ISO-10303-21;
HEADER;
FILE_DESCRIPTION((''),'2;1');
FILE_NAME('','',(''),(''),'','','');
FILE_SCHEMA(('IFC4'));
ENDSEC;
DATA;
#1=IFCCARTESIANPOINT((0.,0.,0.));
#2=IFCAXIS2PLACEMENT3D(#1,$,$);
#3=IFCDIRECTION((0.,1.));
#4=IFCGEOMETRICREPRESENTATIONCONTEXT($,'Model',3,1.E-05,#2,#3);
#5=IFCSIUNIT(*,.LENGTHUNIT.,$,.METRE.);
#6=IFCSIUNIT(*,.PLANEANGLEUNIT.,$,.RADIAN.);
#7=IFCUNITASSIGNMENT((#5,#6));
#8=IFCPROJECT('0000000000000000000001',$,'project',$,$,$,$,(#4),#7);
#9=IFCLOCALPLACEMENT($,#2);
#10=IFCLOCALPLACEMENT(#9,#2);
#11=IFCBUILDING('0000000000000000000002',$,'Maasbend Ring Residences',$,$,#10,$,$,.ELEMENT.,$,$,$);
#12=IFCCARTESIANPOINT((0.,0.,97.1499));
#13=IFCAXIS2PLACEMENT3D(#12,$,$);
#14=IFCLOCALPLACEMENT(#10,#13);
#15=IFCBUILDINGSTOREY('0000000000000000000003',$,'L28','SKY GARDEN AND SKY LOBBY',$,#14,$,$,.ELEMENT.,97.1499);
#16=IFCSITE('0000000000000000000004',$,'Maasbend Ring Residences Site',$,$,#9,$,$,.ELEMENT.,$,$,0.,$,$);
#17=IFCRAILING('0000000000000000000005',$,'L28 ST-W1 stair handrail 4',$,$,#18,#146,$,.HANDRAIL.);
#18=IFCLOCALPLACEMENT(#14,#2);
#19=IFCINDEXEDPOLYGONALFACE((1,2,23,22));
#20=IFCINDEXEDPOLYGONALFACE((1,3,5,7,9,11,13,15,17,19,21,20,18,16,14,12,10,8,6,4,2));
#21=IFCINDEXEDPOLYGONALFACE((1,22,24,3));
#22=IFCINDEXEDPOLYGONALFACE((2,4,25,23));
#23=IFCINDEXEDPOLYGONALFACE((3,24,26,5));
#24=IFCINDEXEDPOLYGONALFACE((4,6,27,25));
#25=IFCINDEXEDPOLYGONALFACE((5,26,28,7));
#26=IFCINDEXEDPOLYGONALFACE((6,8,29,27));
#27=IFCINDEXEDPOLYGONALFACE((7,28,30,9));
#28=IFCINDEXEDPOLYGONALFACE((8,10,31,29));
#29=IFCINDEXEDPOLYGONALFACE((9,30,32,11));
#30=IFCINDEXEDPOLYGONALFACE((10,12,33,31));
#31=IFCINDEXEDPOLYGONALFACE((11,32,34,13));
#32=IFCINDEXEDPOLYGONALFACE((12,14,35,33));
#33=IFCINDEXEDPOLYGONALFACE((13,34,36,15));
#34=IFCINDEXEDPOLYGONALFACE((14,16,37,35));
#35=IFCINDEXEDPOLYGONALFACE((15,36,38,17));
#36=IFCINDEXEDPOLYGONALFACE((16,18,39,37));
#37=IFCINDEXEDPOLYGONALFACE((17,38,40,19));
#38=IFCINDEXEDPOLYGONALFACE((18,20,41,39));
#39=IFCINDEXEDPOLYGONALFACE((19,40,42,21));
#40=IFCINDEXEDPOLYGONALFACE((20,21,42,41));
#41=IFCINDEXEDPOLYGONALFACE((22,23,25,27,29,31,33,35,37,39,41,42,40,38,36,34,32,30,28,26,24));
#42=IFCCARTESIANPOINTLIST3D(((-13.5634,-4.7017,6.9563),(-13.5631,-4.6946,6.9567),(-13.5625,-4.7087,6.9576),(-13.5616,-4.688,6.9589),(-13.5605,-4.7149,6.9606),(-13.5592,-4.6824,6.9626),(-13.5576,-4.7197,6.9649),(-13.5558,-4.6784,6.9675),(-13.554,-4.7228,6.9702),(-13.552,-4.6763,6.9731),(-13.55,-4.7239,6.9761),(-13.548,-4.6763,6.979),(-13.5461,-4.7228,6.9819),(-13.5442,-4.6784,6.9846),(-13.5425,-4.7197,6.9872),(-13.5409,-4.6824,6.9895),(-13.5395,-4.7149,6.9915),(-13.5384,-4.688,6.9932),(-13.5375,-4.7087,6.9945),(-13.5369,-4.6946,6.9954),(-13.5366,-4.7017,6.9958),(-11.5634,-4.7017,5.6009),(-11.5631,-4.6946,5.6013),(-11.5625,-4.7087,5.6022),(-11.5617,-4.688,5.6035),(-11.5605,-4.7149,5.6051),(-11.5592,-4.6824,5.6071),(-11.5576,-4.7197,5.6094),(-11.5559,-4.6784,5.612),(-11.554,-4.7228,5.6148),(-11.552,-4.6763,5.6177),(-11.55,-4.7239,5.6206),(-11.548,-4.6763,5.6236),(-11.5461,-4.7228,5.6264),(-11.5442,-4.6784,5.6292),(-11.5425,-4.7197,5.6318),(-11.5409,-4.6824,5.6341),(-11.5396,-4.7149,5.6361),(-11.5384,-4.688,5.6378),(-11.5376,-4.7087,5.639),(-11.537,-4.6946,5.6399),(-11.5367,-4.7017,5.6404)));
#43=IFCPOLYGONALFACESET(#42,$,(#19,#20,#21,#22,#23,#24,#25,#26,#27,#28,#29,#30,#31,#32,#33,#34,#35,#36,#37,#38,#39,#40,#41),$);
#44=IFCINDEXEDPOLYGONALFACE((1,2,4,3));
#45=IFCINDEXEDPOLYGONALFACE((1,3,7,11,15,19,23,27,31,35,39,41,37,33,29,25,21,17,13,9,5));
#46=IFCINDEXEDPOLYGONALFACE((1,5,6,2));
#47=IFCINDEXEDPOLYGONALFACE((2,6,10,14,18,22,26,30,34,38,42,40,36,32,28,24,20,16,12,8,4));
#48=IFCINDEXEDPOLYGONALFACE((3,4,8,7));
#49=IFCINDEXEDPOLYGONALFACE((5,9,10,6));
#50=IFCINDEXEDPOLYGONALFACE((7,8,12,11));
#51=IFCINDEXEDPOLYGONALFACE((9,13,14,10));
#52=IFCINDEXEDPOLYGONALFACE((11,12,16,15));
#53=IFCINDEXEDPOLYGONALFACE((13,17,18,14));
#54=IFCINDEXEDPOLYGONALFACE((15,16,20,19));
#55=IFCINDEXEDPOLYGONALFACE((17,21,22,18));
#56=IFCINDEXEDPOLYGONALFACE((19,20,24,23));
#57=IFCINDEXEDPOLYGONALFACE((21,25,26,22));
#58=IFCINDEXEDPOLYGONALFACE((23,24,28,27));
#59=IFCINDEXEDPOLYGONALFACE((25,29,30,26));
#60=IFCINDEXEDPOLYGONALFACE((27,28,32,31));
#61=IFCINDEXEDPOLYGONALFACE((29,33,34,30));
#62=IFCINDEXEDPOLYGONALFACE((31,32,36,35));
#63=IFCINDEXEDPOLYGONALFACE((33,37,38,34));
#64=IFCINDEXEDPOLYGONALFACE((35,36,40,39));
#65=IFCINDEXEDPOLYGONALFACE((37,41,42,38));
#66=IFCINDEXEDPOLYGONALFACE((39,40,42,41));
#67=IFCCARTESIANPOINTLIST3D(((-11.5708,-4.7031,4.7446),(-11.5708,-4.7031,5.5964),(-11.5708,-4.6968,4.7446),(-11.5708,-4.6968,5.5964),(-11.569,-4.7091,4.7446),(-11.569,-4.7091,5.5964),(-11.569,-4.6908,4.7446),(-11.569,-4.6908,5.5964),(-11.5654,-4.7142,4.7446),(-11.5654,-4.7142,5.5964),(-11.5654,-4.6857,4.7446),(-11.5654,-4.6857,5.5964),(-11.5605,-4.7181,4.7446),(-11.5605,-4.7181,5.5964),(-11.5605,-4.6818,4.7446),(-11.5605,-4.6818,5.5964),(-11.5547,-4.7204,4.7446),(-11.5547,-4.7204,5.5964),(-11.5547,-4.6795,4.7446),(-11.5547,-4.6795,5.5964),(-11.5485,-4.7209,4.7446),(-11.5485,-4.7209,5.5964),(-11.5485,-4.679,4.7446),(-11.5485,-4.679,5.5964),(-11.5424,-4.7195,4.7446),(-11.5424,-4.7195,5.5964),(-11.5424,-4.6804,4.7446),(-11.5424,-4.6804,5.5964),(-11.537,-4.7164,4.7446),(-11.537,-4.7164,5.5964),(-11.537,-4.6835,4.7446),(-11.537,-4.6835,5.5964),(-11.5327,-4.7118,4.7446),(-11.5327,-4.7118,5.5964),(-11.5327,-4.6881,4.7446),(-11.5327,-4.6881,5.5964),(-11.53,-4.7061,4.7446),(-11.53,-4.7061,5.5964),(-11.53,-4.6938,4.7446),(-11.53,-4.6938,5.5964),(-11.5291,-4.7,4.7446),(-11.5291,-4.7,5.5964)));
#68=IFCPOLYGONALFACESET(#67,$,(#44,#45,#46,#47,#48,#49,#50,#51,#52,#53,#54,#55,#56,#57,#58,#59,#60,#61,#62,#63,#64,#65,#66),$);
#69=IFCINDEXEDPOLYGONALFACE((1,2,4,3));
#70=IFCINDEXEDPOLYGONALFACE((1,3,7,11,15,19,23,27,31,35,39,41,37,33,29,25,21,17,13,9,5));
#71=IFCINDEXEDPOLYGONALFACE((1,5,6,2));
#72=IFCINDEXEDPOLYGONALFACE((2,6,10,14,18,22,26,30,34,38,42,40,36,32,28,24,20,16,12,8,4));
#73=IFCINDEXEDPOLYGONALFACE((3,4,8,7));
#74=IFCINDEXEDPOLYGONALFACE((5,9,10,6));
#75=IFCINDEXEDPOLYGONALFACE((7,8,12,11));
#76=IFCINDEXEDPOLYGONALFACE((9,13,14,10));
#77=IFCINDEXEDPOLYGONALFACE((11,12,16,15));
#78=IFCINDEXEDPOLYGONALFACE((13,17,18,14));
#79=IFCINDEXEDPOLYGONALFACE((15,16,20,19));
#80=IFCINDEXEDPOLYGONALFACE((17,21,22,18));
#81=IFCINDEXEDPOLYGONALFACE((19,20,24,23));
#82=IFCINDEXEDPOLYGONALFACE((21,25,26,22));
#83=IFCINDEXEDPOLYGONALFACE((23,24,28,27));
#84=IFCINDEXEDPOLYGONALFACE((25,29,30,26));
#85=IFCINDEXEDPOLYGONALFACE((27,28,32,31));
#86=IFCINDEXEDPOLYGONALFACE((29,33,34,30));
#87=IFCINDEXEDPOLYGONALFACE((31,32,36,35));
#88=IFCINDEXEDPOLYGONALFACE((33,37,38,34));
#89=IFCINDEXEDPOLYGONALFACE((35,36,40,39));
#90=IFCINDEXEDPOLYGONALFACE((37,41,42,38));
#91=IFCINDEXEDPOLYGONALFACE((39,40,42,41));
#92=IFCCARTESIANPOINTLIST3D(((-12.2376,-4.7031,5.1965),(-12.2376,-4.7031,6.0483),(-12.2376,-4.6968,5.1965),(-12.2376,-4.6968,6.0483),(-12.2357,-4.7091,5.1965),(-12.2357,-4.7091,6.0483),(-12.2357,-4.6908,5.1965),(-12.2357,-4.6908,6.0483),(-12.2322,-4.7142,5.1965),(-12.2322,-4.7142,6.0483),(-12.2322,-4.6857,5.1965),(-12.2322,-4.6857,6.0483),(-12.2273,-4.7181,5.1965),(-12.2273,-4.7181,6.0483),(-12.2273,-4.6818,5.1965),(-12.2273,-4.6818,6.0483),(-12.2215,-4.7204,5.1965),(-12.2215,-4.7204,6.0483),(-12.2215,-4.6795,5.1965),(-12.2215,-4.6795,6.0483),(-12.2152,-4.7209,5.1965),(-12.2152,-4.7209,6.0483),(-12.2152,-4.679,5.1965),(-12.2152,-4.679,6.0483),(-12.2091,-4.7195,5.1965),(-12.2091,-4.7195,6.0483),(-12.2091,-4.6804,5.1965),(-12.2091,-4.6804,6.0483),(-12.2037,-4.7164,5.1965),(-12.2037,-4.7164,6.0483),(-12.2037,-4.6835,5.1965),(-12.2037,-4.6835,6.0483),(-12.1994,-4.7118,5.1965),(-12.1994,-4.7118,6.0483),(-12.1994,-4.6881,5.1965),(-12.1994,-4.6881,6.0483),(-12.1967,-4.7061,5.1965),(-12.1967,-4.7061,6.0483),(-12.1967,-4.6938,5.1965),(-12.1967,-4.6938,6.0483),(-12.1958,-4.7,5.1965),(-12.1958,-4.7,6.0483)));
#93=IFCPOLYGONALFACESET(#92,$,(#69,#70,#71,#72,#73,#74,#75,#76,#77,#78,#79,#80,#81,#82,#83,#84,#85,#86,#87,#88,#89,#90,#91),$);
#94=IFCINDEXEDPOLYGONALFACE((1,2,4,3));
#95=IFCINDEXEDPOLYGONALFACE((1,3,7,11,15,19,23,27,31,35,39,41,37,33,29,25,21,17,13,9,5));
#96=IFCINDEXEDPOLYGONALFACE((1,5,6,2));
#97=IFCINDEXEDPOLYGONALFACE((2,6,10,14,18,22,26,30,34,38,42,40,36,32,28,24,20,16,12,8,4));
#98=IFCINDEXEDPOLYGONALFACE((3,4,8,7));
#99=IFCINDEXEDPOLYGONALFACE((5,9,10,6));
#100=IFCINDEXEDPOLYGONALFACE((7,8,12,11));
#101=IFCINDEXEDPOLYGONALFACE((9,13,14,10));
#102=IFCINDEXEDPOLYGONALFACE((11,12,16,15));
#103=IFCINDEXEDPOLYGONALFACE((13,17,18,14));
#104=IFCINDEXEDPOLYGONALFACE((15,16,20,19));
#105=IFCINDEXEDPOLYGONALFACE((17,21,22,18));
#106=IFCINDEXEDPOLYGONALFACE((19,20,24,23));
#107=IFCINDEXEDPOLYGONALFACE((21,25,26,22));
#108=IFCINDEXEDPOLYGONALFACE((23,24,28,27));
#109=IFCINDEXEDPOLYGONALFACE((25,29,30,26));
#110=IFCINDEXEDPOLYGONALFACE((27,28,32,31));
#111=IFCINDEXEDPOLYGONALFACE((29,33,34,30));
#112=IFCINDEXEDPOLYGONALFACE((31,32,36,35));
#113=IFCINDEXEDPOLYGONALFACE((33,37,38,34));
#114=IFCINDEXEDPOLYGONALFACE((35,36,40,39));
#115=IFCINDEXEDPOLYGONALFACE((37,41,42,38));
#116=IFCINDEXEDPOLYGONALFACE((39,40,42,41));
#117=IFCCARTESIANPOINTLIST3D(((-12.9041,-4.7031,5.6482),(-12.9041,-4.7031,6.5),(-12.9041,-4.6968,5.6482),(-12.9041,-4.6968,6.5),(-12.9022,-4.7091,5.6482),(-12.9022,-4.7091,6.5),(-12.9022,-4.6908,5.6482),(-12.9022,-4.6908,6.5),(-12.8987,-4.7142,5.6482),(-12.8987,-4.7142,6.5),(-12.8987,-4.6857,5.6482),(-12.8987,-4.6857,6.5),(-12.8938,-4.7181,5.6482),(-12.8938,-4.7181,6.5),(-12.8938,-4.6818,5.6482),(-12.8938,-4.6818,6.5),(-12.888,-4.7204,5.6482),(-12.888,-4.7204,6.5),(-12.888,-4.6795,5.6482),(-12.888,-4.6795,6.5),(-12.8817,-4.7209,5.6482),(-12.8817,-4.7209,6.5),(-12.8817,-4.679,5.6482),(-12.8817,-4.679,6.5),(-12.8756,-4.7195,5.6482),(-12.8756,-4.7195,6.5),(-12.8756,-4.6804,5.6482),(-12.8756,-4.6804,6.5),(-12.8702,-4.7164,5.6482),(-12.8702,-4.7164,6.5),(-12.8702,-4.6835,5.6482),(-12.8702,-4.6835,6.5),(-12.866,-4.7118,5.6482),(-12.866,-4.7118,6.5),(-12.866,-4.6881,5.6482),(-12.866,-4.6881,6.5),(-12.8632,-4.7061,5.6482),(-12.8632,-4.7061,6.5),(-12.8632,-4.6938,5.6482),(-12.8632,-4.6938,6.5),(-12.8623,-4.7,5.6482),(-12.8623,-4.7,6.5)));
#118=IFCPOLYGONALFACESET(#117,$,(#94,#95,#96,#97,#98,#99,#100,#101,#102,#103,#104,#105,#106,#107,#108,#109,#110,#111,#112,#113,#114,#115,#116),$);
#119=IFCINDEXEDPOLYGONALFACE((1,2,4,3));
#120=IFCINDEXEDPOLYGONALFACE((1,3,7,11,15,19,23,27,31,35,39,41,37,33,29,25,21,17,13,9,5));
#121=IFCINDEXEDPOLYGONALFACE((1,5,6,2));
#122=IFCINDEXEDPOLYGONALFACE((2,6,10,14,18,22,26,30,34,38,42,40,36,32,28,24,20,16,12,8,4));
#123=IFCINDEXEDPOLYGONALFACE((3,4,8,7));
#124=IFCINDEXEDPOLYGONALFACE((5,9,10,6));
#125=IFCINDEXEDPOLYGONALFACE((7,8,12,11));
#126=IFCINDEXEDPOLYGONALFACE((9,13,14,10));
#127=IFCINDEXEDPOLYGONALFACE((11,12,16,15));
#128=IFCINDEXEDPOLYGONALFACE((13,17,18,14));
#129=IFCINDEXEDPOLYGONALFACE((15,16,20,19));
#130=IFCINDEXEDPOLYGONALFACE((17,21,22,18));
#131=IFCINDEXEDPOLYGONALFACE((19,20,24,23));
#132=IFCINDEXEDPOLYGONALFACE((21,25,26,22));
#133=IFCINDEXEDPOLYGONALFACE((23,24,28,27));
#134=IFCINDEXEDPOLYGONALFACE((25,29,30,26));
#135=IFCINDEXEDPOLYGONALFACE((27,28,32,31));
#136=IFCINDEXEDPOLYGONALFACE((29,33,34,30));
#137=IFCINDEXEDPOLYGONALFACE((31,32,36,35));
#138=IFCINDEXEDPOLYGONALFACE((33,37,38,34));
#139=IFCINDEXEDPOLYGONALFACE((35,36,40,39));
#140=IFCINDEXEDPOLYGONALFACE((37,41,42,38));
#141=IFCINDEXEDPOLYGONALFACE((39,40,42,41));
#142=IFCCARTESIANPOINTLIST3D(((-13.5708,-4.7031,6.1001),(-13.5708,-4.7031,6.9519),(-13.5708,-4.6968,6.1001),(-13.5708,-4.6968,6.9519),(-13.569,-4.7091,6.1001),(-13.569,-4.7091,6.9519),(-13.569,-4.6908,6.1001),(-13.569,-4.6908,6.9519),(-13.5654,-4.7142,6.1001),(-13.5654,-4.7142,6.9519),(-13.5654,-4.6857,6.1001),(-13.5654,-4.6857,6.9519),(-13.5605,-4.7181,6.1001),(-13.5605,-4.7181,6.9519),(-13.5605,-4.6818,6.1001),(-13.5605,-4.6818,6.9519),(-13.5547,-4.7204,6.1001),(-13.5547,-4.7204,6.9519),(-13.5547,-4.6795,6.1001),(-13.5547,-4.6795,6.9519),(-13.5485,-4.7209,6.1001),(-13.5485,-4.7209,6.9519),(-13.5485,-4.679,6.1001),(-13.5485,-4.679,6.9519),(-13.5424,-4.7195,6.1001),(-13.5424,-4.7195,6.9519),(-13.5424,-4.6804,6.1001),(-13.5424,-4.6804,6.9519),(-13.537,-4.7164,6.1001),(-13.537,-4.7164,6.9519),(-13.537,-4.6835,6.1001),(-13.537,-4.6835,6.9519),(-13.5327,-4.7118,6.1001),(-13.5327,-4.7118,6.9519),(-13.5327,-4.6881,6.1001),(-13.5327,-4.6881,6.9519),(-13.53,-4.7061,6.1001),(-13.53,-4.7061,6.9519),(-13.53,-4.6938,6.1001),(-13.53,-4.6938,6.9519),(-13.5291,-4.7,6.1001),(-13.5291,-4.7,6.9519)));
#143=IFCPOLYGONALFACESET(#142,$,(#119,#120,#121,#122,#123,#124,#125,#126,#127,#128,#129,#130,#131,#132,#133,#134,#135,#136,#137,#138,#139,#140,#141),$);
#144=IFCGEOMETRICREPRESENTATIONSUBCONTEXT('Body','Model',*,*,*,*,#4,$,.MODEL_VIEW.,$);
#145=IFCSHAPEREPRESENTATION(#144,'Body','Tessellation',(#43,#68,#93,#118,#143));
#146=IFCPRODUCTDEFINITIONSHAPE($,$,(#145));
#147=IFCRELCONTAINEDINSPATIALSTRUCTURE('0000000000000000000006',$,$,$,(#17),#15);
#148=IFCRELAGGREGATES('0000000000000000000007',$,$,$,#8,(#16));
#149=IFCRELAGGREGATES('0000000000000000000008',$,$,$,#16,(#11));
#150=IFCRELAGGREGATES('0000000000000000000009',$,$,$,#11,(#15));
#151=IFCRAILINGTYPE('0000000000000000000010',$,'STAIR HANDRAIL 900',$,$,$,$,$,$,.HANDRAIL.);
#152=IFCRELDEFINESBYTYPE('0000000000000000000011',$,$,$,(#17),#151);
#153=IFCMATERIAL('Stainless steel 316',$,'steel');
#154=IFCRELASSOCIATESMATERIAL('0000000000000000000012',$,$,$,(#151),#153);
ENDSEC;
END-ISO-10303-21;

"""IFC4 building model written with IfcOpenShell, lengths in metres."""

from ifc_helpers import new_model, si_unit, direction, frame, origin, origin_2d, place, context, subcontext, project, spatial, circle, extrude, material, type_object, element, save


model = new_model("IFC4")

# Units and contexts
model_context = context("Model", 3, precision=1e-05, world=origin(), true_north=direction((0.0, 1.0)))
body_context = subcontext(model_context, "Body", "Model", "MODEL_VIEW")
ifc_project = project(units=[si_unit("LENGTHUNIT", "METRE"), si_unit("PLANEANGLEUNIT", "RADIAN")], contexts=[model_context])

# Site, building, storey
site_placement = place(None, origin())
site = spatial("IfcSite", under=ifc_project, at=site_placement, Name="Maasbend Ring Residences Site", CompositionType="ELEMENT", RefElevation=0.0)
building_placement = place(site_placement, origin())
building = spatial("IfcBuilding", under=site, at=building_placement, Name="Maasbend Ring Residences", CompositionType="ELEMENT")
storey_placement = place(building_placement, frame((0.0, 0.0, 97.1499)))
storey = spatial("IfcBuildingStorey", under=building, at=storey_placement, Name="L28", Description="SKY GARDEN AND SKY LOBBY", CompositionType="ELEMENT", Elevation=97.1499)

# Railing
ifc_material_1 = material(Name="Stainless steel 316", Category="steel")
railing_type_1 = type_object("IfcRailingType", Name="STAIR HANDRAIL 900", PredefinedType="HANDRAIL", material=ifc_material_1)
railing_1_placement = place(storey_placement, frame((-11.55, -4.7, 4.7446)))
element("IfcRailing", 1, at=railing_1_placement, inside=storey, type_object=railing_type_1, Name="L28 ST-W1 stair handrail 4", PredefinedType="HANDRAIL", context=body_context, shape_type="SweptSolid", body=[
    extrude(circle(Radius=0.0239, at=origin_2d()), frame((0.0, 0.0, 0.876), z_axis=(-0.827798, 0.0, 0.561027), x_axis=(0.0, -1.0, 0.0)), (0.0, 0.0, 1.0), 2.416),
    extrude(circle(Radius=0.021, at=origin_2d()), origin(), (0.0, 0.0, 1.0), 0.8518),
    extrude(circle(Radius=0.021, at=origin_2d()), frame((-0.6667, 0.0, 0.4519)), (0.0, 0.0, 1.0), 0.8518),
    extrude(circle(Radius=0.021, at=origin_2d()), frame((-1.3333, 0.0, 0.9036)), (0.0, 0.0, 1.0), 0.8518),
    extrude(circle(Radius=0.021, at=origin_2d()), frame((-2.0, 0.0, 1.3555)), (0.0, 0.0, 1.0), 0.8518),
])

save(model, "model.ifc")
